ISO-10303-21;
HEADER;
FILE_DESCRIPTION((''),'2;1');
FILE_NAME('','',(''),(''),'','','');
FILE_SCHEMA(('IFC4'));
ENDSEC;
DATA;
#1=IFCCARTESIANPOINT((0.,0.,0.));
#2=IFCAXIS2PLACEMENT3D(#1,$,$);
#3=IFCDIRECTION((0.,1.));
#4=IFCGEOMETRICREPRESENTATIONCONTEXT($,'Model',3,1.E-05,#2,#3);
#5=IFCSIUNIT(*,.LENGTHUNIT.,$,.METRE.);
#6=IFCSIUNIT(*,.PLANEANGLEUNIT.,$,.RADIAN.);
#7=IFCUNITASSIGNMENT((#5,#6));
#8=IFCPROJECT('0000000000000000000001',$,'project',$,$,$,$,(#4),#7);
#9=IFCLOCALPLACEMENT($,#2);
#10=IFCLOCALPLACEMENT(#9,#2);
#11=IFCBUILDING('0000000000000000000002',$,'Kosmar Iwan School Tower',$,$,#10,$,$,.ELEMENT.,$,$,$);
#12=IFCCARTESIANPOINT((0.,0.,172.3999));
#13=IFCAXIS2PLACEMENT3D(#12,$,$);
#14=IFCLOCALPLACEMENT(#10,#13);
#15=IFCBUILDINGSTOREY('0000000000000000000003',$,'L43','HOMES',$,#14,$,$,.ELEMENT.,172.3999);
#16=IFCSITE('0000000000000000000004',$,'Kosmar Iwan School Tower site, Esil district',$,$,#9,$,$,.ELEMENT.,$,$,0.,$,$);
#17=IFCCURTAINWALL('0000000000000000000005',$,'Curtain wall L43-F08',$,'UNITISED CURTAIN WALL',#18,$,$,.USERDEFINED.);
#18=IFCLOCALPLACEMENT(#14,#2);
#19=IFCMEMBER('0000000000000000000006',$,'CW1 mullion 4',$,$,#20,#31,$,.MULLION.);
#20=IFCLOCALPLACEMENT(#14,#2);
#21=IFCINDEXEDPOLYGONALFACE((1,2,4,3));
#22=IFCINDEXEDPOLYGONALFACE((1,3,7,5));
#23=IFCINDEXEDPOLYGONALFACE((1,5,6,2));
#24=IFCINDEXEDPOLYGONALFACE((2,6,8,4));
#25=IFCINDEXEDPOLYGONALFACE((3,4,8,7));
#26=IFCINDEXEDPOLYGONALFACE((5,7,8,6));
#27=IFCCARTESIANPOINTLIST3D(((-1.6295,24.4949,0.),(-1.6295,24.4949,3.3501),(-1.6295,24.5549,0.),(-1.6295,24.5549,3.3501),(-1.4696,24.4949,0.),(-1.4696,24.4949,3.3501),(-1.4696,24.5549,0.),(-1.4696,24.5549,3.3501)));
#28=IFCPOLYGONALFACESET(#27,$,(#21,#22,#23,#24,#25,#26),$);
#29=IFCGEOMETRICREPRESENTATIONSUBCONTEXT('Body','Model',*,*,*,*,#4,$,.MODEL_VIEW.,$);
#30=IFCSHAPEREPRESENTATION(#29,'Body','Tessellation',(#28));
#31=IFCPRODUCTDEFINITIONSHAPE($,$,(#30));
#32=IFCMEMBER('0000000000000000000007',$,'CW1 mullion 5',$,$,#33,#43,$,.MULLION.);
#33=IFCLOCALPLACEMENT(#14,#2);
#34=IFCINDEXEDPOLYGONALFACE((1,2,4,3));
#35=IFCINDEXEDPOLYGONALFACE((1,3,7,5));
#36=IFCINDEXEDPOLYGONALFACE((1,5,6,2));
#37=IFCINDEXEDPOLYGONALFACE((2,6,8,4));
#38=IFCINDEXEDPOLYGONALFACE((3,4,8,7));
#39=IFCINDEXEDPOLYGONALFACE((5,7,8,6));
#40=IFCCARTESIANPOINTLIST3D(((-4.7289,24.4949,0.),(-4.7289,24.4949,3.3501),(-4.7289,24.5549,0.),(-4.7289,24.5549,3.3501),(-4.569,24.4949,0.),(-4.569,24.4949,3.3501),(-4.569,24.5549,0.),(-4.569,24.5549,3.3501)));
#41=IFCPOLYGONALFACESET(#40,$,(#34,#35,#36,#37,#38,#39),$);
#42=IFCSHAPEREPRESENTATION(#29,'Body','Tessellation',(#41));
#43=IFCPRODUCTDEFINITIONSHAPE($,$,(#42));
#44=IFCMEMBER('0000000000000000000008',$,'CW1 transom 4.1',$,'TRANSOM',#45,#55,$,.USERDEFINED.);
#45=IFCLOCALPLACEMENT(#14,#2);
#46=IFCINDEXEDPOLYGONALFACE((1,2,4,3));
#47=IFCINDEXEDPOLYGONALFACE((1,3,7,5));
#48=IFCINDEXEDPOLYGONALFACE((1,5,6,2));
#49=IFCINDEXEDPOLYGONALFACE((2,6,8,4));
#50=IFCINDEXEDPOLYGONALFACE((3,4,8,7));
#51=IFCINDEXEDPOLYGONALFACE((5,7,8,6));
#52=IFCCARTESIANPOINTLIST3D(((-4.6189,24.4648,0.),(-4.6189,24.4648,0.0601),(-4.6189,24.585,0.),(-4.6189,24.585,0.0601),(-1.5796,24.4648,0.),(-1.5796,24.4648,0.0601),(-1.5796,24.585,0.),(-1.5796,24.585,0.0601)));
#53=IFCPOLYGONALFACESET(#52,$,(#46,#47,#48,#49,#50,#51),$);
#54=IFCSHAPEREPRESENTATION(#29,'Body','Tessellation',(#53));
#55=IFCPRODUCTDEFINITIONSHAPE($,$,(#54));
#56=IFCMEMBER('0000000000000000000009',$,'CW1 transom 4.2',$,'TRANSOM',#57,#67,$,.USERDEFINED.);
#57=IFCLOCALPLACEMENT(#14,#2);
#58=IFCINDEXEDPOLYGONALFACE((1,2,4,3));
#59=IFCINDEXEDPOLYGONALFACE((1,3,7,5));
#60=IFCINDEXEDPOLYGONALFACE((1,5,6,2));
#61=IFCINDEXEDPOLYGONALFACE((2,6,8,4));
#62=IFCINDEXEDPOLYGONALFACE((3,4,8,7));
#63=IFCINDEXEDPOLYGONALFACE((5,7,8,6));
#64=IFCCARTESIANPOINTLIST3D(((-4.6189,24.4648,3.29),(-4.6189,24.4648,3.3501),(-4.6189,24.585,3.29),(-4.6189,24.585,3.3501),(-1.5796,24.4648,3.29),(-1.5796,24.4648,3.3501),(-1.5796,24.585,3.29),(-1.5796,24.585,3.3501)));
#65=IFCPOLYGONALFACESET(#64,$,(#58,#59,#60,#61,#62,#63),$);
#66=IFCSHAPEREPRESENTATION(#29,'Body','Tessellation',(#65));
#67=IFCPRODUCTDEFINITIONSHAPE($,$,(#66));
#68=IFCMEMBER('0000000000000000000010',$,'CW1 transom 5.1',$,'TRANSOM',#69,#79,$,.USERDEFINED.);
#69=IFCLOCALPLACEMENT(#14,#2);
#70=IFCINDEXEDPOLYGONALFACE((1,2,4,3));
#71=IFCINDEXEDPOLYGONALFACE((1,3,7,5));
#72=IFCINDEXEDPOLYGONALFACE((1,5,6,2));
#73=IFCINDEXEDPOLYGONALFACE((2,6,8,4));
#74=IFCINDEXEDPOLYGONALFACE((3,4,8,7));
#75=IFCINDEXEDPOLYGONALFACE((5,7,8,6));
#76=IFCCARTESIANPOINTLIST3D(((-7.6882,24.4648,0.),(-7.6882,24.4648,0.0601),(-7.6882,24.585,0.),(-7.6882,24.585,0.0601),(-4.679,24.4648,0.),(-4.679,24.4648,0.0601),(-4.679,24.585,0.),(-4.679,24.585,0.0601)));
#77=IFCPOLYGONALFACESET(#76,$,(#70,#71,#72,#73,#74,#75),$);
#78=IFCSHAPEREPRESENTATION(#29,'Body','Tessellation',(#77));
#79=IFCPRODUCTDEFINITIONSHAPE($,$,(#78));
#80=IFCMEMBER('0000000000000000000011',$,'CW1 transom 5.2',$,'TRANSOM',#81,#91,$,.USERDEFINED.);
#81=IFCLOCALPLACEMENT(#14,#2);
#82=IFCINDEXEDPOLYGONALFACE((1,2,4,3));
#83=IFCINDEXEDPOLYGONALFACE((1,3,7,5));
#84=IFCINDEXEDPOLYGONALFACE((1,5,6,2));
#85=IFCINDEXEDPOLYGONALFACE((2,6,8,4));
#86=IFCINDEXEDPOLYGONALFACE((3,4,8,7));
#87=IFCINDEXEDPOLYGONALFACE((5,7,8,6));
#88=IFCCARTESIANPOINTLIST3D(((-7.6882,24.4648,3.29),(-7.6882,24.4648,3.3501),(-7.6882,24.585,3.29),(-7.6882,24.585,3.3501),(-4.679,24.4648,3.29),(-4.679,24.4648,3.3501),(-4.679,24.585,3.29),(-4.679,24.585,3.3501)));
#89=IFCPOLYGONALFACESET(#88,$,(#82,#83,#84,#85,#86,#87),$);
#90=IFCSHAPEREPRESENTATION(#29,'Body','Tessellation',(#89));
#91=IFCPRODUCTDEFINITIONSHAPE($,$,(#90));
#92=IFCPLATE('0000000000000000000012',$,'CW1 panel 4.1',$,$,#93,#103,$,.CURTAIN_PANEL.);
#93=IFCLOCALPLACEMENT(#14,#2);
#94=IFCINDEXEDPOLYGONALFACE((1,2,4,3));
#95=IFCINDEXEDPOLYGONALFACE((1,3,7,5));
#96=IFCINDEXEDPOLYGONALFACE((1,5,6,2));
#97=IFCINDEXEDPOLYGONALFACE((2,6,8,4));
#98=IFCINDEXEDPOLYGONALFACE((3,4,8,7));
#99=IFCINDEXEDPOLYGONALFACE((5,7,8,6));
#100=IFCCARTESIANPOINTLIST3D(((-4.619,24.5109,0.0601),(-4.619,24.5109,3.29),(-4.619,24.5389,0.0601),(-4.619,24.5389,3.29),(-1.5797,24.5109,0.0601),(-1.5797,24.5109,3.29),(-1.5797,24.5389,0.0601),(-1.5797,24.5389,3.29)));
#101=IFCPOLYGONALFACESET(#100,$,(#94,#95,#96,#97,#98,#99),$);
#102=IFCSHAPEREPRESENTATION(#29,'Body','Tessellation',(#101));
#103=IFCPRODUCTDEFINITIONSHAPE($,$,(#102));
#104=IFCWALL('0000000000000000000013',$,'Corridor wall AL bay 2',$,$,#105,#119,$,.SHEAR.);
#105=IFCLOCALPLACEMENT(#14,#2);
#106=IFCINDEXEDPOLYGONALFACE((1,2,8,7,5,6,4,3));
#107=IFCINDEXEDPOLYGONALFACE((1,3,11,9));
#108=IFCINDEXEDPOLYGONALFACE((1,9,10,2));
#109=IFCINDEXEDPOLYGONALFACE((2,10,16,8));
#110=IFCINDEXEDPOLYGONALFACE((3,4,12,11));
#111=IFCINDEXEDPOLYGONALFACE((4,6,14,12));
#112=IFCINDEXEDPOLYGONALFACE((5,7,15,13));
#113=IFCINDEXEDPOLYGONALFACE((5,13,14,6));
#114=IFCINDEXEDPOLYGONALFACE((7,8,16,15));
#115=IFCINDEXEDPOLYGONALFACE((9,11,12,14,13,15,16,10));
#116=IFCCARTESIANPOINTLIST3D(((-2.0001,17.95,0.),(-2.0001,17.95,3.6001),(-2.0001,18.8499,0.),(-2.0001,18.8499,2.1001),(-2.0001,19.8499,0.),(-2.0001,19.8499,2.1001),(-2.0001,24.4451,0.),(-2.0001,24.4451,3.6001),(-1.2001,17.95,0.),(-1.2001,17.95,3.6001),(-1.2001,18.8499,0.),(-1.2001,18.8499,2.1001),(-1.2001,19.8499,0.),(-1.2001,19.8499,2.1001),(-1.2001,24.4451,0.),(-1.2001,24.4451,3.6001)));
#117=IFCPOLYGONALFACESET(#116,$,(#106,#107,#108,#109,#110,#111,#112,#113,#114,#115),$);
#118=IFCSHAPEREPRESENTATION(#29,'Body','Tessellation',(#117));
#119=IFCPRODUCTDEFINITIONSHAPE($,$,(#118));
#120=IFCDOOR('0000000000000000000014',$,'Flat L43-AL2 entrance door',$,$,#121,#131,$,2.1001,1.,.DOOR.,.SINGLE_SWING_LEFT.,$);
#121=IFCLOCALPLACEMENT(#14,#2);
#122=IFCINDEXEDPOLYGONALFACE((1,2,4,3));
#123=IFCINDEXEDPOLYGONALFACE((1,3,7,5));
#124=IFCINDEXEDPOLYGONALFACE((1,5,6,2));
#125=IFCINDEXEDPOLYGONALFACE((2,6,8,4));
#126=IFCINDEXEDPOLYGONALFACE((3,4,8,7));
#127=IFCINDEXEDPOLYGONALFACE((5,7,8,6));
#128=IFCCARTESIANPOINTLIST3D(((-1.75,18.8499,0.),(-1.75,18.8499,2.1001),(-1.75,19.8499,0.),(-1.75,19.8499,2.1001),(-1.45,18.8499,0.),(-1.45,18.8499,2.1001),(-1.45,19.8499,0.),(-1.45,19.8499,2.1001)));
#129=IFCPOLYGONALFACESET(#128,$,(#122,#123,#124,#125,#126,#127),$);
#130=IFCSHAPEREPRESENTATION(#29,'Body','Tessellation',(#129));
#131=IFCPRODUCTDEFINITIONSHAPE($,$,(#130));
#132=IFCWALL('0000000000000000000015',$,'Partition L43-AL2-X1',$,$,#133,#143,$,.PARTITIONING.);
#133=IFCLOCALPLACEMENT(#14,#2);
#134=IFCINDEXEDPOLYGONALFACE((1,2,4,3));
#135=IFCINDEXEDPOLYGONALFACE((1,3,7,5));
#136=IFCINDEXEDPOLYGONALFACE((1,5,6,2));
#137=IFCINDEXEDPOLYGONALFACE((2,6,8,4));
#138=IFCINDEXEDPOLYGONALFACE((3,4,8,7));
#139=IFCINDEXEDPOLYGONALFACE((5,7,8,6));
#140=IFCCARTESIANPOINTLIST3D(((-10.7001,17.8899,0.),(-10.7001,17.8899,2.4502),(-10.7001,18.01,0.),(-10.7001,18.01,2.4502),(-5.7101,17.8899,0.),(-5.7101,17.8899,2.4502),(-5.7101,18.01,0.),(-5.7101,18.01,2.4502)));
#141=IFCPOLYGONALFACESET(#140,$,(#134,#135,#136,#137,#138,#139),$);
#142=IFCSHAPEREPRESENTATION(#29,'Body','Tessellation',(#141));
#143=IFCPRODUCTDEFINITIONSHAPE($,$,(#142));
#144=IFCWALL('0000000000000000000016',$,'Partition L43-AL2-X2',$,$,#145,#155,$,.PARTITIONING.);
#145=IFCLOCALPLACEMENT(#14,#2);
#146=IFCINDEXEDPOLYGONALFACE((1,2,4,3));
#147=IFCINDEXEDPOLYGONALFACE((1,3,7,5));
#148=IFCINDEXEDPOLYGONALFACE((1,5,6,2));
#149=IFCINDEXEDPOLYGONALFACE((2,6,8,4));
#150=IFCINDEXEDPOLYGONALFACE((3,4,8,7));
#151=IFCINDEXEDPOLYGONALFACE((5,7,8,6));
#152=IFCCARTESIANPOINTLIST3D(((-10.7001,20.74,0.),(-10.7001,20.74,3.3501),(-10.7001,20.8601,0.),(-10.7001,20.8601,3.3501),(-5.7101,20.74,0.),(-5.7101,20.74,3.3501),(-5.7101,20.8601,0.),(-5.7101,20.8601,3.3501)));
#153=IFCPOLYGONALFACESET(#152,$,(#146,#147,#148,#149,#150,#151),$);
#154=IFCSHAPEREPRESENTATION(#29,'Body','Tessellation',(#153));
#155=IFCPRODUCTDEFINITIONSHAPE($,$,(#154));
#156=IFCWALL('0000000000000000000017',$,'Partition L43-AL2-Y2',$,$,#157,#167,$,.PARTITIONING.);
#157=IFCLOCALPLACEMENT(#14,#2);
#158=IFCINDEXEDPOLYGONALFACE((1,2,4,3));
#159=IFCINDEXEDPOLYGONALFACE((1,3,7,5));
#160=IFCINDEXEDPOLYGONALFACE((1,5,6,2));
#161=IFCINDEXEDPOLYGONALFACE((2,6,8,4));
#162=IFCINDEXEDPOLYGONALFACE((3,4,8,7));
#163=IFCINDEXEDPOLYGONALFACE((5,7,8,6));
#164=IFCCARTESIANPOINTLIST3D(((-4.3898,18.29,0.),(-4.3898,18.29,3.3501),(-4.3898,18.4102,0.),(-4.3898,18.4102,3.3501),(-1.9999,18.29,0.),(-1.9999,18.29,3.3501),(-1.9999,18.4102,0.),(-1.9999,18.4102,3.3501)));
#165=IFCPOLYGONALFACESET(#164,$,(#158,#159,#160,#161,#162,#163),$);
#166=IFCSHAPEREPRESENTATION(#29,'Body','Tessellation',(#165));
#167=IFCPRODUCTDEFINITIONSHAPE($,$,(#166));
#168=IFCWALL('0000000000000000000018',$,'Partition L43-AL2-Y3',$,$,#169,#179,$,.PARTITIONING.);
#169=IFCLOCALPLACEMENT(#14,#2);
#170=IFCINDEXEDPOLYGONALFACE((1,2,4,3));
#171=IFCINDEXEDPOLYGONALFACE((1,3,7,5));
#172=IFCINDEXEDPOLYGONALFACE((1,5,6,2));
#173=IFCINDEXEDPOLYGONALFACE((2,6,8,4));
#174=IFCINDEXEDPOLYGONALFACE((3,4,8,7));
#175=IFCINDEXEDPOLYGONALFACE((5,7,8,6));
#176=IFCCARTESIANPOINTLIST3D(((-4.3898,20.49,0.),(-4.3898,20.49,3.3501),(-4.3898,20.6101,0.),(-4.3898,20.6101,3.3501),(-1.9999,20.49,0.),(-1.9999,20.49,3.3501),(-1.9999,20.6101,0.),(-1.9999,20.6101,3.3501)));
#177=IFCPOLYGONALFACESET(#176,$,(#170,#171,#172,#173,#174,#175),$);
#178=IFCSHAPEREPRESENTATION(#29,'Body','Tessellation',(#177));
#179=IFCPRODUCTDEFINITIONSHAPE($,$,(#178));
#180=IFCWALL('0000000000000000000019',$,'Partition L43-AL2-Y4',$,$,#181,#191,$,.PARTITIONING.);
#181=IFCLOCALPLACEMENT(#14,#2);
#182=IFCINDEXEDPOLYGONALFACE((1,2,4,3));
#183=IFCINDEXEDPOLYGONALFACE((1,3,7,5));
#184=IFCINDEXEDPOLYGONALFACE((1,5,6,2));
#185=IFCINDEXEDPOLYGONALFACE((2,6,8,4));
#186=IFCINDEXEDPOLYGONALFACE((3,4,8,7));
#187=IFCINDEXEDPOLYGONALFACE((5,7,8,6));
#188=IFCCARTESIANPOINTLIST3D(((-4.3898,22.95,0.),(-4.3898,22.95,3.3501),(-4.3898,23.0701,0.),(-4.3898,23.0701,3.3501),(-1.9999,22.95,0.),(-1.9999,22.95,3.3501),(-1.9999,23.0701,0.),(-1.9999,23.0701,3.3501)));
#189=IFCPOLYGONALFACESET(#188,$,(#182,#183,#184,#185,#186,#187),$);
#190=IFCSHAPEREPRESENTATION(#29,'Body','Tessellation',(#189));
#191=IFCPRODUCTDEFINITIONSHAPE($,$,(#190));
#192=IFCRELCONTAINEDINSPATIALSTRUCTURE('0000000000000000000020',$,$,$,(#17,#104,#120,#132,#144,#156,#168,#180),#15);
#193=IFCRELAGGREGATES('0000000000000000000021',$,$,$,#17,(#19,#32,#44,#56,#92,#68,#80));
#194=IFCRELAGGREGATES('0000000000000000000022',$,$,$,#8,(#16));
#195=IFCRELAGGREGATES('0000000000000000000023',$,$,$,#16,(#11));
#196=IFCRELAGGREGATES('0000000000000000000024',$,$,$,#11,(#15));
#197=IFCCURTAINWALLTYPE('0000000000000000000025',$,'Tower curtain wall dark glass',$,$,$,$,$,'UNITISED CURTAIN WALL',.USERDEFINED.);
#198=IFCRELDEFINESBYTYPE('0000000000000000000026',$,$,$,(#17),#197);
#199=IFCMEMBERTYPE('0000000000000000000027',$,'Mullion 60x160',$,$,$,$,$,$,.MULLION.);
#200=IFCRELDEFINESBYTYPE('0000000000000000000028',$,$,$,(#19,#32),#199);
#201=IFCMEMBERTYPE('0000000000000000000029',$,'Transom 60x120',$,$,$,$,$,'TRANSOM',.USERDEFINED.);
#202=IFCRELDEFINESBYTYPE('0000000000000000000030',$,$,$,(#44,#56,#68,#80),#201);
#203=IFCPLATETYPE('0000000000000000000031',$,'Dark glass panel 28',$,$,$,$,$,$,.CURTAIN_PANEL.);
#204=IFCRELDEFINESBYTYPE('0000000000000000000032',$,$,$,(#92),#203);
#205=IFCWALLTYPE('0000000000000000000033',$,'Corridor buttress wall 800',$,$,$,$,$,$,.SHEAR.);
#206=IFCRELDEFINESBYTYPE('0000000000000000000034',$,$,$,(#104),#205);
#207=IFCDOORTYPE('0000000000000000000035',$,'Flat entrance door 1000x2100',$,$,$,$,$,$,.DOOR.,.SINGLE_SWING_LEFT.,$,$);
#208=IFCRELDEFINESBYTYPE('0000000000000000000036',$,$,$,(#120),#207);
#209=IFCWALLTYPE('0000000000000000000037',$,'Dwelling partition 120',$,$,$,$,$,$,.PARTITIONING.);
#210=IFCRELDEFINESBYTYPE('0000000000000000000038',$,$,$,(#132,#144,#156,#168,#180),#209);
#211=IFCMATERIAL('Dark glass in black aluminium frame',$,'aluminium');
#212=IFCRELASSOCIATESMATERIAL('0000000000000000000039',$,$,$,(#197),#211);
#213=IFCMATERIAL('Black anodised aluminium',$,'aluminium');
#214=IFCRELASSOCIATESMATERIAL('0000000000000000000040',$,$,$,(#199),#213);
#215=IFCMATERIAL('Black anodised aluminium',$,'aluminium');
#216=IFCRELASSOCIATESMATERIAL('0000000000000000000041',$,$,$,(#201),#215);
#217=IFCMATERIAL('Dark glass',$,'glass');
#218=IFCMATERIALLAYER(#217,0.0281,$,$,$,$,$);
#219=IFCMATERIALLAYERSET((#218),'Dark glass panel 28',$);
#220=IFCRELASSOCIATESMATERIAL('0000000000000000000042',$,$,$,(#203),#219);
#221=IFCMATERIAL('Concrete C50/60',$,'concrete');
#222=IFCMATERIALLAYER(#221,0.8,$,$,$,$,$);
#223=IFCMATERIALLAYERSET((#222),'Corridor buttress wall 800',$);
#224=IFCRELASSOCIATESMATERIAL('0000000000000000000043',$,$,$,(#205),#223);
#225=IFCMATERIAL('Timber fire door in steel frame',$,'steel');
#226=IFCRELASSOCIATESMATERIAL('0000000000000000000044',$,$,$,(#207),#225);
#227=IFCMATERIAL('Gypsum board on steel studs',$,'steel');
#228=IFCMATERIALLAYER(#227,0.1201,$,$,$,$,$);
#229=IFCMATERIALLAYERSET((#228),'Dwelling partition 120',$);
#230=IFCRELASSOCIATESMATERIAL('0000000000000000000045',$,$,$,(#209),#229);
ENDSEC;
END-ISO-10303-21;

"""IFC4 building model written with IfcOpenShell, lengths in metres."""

from ifc_helpers import new_model, si_unit, direction, frame, frame_2d, origin, origin_2d, place, context, subcontext, project, spatial, rectangle, extrude, material, layer, layer_set, material_profile, profile_set, type_object, element, fill, aggregate, save


model = new_model("IFC4")

# Units and contexts
model_context = context("Model", 3, precision=1e-05, world=origin(), true_north=direction((0.0, 1.0)))
body_context = subcontext(model_context, "Body", "Model", "MODEL_VIEW")
ifc_project = project(units=[si_unit("LENGTHUNIT", "METRE"), si_unit("PLANEANGLEUNIT", "RADIAN")], contexts=[model_context])

# Site, building, storey
site_placement = place(None, origin())
site = spatial("IfcSite", under=ifc_project, at=site_placement, Name="Kosmar Iwan School Tower site, Esil district", CompositionType="ELEMENT", RefElevation=0.0)
building_placement = place(site_placement, origin())
building = spatial("IfcBuilding", under=site, at=building_placement, Name="Kosmar Iwan School Tower", CompositionType="ELEMENT")
storey_placement = place(building_placement, frame((0.0, 0.0, 172.3999)))
storey = spatial("IfcBuildingStorey", under=building, at=storey_placement, Name="L43", Description="HOMES", CompositionType="ELEMENT", Elevation=172.3999)

# Curtain wall, members, plate
ifc_material_1 = material(Name="Dark glass in black aluminium frame", Category="aluminium")
curtain_wall_type = type_object("IfcCurtainWallType", Name="Tower curtain wall dark glass", ElementType="UNITISED CURTAIN WALL", PredefinedType="USERDEFINED", material=ifc_material_1)
curtain_wall_placement = place(storey_placement, origin())
curtain_wall = element("IfcCurtainWall", 1, at=curtain_wall_placement, inside=storey, type_object=curtain_wall_type, Name="Curtain wall L43-F08", ObjectType="UNITISED CURTAIN WALL", PredefinedType="USERDEFINED")
ifc_material_2 = material(Name="Black anodised aluminium", Category="aluminium")
ifc_material_profile_1 = material_profile(ifc_material_2, rectangle(XDim=0.0601, YDim=0.1599, at=origin_2d()), Name="MULLION 60x160")
ifc_profile_set_1 = profile_set([ifc_material_profile_1], Name="Black anodised aluminium")
member_type_1 = type_object("IfcMemberType", Name="Mullion 60x160", PredefinedType="MULLION", material=ifc_profile_set_1)
member_1_placement = place(storey_placement, frame((-1.5496, 24.5249, 0.0), z_axis=(0.0, 0.0, 1.0), x_axis=(0.0, -1.0, 0.0)))
member_1 = element("IfcMember", 2, at=member_1_placement, type_object=member_type_1, Name="CW1 mullion 4", PredefinedType="MULLION", context=body_context, shape_type="SweptSolid", body=[
    extrude(rectangle(XDim=0.0601, YDim=0.1599, at=origin_2d()), origin(), (0.0, 0.0, 1.0), 3.3501),
])
member_2_placement = place(storey_placement, frame((-4.6489, 24.5249, 0.0), z_axis=(0.0, 0.0, 1.0), x_axis=(0.0, -1.0, 0.0)))
member_2 = element("IfcMember", 3, at=member_2_placement, type_object=member_type_1, Name="CW1 mullion 5", PredefinedType="MULLION", context=body_context, shape_type="SweptSolid", body=[
    extrude(rectangle(XDim=0.0601, YDim=0.1599, at=origin_2d()), origin(), (0.0, 0.0, 1.0), 3.3501),
])
ifc_material_3 = material(Name="Black anodised aluminium", Category="aluminium")
ifc_material_profile_2 = material_profile(ifc_material_3, rectangle(XDim=0.1201, YDim=0.0601, at=origin_2d()), Name="TRANSOM 60x120")
ifc_profile_set_2 = profile_set([ifc_material_profile_2], Name="Black anodised aluminium")
member_type_2 = type_object("IfcMemberType", Name="Transom 60x120", ElementType="TRANSOM", PredefinedType="USERDEFINED", material=ifc_profile_set_2)
member_3_placement = place(storey_placement, frame((-1.5796, 24.5249, 0.03), z_axis=(-1.0, 0.0, 0.0), x_axis=(0.0, -1.0, 0.0)))
member_3 = element("IfcMember", 4, at=member_3_placement, type_object=member_type_2, Name="CW1 transom 4.1", ObjectType="TRANSOM", PredefinedType="USERDEFINED", context=body_context, shape_type="SweptSolid", body=[
    extrude(rectangle(XDim=0.1201, YDim=0.0601, at=origin_2d()), origin(), (0.0, 0.0, 1.0), 3.0393),
])
member_4_placement = place(storey_placement, frame((-1.5796, 24.5249, 3.3201), z_axis=(-1.0, 0.0, 0.0), x_axis=(0.0, -1.0, 0.0)))
member_4 = element("IfcMember", 5, at=member_4_placement, type_object=member_type_2, Name="CW1 transom 4.2", ObjectType="TRANSOM", PredefinedType="USERDEFINED", context=body_context, shape_type="SweptSolid", body=[
    extrude(rectangle(XDim=0.1201, YDim=0.0601, at=origin_2d()), origin(), (0.0, 0.0, 1.0), 3.0393),
])
member_5_placement = place(storey_placement, frame((-4.679, 24.5249, 0.03), z_axis=(-1.0, 0.0, 0.0), x_axis=(0.0, -1.0, 0.0)))
member_5 = element("IfcMember", 6, at=member_5_placement, type_object=member_type_2, Name="CW1 transom 5.1", ObjectType="TRANSOM", PredefinedType="USERDEFINED", context=body_context, shape_type="SweptSolid", body=[
    extrude(rectangle(XDim=0.1201, YDim=0.0601, at=origin_2d()), origin(), (0.0, 0.0, 1.0), 3.0093),
])
member_6_placement = place(storey_placement, frame((-4.679, 24.5249, 3.3201), z_axis=(-1.0, 0.0, 0.0), x_axis=(0.0, -1.0, 0.0)))
member_6 = element("IfcMember", 7, at=member_6_placement, type_object=member_type_2, Name="CW1 transom 5.2", ObjectType="TRANSOM", PredefinedType="USERDEFINED", context=body_context, shape_type="SweptSolid", body=[
    extrude(rectangle(XDim=0.1201, YDim=0.0601, at=origin_2d()), origin(), (0.0, 0.0, 1.0), 3.0093),
])
ifc_material_4 = material(Name="Dark glass", Category="glass")
ifc_layer_1 = layer(ifc_material_4, 0.0281)
ifc_layer_set_1 = layer_set([ifc_layer_1], Name="Dark glass panel 28")
plate_type = type_object("IfcPlateType", Name="Dark glass panel 28", PredefinedType="CURTAIN_PANEL", material=ifc_layer_set_1)
plate_placement = place(storey_placement, frame((-3.0994, 24.5249, 0.0601), z_axis=(0.0, 0.0, 1.0), x_axis=(-1.0, 0.0, 0.0)))
plate = element("IfcPlate", 8, at=plate_placement, type_object=plate_type, Name="CW1 panel 4.1", PredefinedType="CURTAIN_PANEL", context=body_context, shape_type="SweptSolid", body=[
    extrude(rectangle(XDim=3.0393, YDim=0.0281, at=origin_2d()), origin(), (0.0, 0.0, 1.0), 3.23),
])
aggregate(curtain_wall, [member_1, member_2, member_3, member_4, plate, member_5, member_6])

# Wall, opening, door
ifc_material_5 = material(Name="Concrete C50/60", Category="concrete")
ifc_layer_2 = layer(ifc_material_5, 0.8)
ifc_layer_set_2 = layer_set([ifc_layer_2], Name="Corridor buttress wall 800")
wall_type_1 = type_object("IfcWallType", Name="Corridor buttress wall 800", PredefinedType="SHEAR", material=ifc_layer_set_2)
wall_1_placement = place(storey_placement, frame((-1.6001, 17.95, 0.0), z_axis=(0.0, 0.0, 1.0), x_axis=(0.0, 1.0, 0.0)))
wall_1 = element("IfcWall", 9, at=wall_1_placement, inside=storey, type_object=wall_type_1, Name="Corridor wall AL bay 2", PredefinedType="SHEAR", context=body_context, shape_type="SweptSolid", body=[
    extrude(rectangle(XDim=6.4951, YDim=0.8, at=frame_2d((3.2476, 0.0))), origin(), (0.0, 0.0, 1.0), 3.6001),
])
opening_placement = place(wall_1_placement, frame((0.8999, 0.0, 0.0)))
opening = element("IfcOpeningElement", 10, at=opening_placement, cuts=wall_1, PredefinedType="OPENING", context=body_context, shape_type="SweptSolid", body=[
    extrude(rectangle(XDim=1.0, YDim=2.1001, at=frame_2d((0.5, 1.05))), frame((0.0, 0.4121, 0.0), z_axis=(0.0, -1.0, 0.0), x_axis=(1.0, 0.0, 0.0)), (0.0, 0.0, 1.0), 0.824),
])
ifc_material_6 = material(Name="Timber fire door in steel frame", Category="steel")
door_type = type_object("IfcDoorType", Name="Flat entrance door 1000x2100", OperationType="SINGLE_SWING_LEFT", PredefinedType="DOOR", material=ifc_material_6)
door_placement = place(opening_placement, origin())
door = element("IfcDoor", 11, at=door_placement, inside=storey, type_object=door_type, Name="Flat L43-AL2 entrance door", OperationType="SINGLE_SWING_LEFT", OverallHeight=2.1001, OverallWidth=1.0, PredefinedType="DOOR", context=body_context, shape_type="SweptSolid", body=[
    extrude(rectangle(XDim=1.0, YDim=2.1001, at=frame_2d((0.5, 1.05))), frame((0.0, 0.1499, 0.0), z_axis=(0.0, -1.0, 0.0), x_axis=(1.0, 0.0, 0.0)), (0.0, 0.0, 1.0), 0.3),
])
fill(opening, door)

# Walls
ifc_material_7 = material(Name="Gypsum board on steel studs", Category="steel")
ifc_layer_3 = layer(ifc_material_7, 0.1201)
ifc_layer_set_3 = layer_set([ifc_layer_3], Name="Dwelling partition 120")
wall_type_2 = type_object("IfcWallType", Name="Dwelling partition 120", PredefinedType="PARTITIONING", material=ifc_layer_set_3)
wall_2_placement = place(storey_placement, frame((-5.71, 17.95, 0.0), z_axis=(0.0, 0.0, 1.0), x_axis=(-1.0, 0.0, 0.0)))
element("IfcWall", 12, at=wall_2_placement, inside=storey, type_object=wall_type_2, Name="Partition L43-AL2-X1", PredefinedType="PARTITIONING", context=body_context, shape_type="SweptSolid", body=[
    extrude(rectangle(XDim=4.99, YDim=0.1201, at=frame_2d((2.4951, 0.0))), origin(), (0.0, 0.0, 1.0), 2.4502),
])
wall_3_placement = place(storey_placement, frame((-5.71, 20.8, 0.0), z_axis=(0.0, 0.0, 1.0), x_axis=(-1.0, 0.0, 0.0)))
element("IfcWall", 13, at=wall_3_placement, inside=storey, type_object=wall_type_2, Name="Partition L43-AL2-X2", PredefinedType="PARTITIONING", context=body_context, shape_type="SweptSolid", body=[
    extrude(rectangle(XDim=4.99, YDim=0.1201, at=frame_2d((2.4951, 0.0))), origin(), (0.0, 0.0, 1.0), 3.3501),
])
for number, where, z_axis, x_axis, name in (
    (14, (-2.0, 18.3501, 0.0), (0.0, 0.0, 1.0), (-1.0, 0.0, 0.0), "Partition L43-AL2-Y2"),
    (15, (-2.0, 20.55, 0.0), (0.0, 0.0, 1.0), (-1.0, 0.0, 0.0), "Partition L43-AL2-Y3"),
    (16, (-2.0, 23.01, 0.0), (0.0, 0.0, 1.0), (-1.0, 0.0, 0.0), "Partition L43-AL2-Y4"),
):
    element("IfcWall", number, at=place(storey_placement, frame(where, z_axis=z_axis, x_axis=x_axis)), inside=storey, type_object=wall_type_2, Name=name, PredefinedType="PARTITIONING", context=body_context, shape_type="SweptSolid", body=[
        extrude(rectangle(XDim=2.3899, YDim=0.1201, at=frame_2d((1.1948, 0.0))), origin(), (0.0, 0.0, 1.0), 3.3501),
    ])

save(model, "model.ifc")
